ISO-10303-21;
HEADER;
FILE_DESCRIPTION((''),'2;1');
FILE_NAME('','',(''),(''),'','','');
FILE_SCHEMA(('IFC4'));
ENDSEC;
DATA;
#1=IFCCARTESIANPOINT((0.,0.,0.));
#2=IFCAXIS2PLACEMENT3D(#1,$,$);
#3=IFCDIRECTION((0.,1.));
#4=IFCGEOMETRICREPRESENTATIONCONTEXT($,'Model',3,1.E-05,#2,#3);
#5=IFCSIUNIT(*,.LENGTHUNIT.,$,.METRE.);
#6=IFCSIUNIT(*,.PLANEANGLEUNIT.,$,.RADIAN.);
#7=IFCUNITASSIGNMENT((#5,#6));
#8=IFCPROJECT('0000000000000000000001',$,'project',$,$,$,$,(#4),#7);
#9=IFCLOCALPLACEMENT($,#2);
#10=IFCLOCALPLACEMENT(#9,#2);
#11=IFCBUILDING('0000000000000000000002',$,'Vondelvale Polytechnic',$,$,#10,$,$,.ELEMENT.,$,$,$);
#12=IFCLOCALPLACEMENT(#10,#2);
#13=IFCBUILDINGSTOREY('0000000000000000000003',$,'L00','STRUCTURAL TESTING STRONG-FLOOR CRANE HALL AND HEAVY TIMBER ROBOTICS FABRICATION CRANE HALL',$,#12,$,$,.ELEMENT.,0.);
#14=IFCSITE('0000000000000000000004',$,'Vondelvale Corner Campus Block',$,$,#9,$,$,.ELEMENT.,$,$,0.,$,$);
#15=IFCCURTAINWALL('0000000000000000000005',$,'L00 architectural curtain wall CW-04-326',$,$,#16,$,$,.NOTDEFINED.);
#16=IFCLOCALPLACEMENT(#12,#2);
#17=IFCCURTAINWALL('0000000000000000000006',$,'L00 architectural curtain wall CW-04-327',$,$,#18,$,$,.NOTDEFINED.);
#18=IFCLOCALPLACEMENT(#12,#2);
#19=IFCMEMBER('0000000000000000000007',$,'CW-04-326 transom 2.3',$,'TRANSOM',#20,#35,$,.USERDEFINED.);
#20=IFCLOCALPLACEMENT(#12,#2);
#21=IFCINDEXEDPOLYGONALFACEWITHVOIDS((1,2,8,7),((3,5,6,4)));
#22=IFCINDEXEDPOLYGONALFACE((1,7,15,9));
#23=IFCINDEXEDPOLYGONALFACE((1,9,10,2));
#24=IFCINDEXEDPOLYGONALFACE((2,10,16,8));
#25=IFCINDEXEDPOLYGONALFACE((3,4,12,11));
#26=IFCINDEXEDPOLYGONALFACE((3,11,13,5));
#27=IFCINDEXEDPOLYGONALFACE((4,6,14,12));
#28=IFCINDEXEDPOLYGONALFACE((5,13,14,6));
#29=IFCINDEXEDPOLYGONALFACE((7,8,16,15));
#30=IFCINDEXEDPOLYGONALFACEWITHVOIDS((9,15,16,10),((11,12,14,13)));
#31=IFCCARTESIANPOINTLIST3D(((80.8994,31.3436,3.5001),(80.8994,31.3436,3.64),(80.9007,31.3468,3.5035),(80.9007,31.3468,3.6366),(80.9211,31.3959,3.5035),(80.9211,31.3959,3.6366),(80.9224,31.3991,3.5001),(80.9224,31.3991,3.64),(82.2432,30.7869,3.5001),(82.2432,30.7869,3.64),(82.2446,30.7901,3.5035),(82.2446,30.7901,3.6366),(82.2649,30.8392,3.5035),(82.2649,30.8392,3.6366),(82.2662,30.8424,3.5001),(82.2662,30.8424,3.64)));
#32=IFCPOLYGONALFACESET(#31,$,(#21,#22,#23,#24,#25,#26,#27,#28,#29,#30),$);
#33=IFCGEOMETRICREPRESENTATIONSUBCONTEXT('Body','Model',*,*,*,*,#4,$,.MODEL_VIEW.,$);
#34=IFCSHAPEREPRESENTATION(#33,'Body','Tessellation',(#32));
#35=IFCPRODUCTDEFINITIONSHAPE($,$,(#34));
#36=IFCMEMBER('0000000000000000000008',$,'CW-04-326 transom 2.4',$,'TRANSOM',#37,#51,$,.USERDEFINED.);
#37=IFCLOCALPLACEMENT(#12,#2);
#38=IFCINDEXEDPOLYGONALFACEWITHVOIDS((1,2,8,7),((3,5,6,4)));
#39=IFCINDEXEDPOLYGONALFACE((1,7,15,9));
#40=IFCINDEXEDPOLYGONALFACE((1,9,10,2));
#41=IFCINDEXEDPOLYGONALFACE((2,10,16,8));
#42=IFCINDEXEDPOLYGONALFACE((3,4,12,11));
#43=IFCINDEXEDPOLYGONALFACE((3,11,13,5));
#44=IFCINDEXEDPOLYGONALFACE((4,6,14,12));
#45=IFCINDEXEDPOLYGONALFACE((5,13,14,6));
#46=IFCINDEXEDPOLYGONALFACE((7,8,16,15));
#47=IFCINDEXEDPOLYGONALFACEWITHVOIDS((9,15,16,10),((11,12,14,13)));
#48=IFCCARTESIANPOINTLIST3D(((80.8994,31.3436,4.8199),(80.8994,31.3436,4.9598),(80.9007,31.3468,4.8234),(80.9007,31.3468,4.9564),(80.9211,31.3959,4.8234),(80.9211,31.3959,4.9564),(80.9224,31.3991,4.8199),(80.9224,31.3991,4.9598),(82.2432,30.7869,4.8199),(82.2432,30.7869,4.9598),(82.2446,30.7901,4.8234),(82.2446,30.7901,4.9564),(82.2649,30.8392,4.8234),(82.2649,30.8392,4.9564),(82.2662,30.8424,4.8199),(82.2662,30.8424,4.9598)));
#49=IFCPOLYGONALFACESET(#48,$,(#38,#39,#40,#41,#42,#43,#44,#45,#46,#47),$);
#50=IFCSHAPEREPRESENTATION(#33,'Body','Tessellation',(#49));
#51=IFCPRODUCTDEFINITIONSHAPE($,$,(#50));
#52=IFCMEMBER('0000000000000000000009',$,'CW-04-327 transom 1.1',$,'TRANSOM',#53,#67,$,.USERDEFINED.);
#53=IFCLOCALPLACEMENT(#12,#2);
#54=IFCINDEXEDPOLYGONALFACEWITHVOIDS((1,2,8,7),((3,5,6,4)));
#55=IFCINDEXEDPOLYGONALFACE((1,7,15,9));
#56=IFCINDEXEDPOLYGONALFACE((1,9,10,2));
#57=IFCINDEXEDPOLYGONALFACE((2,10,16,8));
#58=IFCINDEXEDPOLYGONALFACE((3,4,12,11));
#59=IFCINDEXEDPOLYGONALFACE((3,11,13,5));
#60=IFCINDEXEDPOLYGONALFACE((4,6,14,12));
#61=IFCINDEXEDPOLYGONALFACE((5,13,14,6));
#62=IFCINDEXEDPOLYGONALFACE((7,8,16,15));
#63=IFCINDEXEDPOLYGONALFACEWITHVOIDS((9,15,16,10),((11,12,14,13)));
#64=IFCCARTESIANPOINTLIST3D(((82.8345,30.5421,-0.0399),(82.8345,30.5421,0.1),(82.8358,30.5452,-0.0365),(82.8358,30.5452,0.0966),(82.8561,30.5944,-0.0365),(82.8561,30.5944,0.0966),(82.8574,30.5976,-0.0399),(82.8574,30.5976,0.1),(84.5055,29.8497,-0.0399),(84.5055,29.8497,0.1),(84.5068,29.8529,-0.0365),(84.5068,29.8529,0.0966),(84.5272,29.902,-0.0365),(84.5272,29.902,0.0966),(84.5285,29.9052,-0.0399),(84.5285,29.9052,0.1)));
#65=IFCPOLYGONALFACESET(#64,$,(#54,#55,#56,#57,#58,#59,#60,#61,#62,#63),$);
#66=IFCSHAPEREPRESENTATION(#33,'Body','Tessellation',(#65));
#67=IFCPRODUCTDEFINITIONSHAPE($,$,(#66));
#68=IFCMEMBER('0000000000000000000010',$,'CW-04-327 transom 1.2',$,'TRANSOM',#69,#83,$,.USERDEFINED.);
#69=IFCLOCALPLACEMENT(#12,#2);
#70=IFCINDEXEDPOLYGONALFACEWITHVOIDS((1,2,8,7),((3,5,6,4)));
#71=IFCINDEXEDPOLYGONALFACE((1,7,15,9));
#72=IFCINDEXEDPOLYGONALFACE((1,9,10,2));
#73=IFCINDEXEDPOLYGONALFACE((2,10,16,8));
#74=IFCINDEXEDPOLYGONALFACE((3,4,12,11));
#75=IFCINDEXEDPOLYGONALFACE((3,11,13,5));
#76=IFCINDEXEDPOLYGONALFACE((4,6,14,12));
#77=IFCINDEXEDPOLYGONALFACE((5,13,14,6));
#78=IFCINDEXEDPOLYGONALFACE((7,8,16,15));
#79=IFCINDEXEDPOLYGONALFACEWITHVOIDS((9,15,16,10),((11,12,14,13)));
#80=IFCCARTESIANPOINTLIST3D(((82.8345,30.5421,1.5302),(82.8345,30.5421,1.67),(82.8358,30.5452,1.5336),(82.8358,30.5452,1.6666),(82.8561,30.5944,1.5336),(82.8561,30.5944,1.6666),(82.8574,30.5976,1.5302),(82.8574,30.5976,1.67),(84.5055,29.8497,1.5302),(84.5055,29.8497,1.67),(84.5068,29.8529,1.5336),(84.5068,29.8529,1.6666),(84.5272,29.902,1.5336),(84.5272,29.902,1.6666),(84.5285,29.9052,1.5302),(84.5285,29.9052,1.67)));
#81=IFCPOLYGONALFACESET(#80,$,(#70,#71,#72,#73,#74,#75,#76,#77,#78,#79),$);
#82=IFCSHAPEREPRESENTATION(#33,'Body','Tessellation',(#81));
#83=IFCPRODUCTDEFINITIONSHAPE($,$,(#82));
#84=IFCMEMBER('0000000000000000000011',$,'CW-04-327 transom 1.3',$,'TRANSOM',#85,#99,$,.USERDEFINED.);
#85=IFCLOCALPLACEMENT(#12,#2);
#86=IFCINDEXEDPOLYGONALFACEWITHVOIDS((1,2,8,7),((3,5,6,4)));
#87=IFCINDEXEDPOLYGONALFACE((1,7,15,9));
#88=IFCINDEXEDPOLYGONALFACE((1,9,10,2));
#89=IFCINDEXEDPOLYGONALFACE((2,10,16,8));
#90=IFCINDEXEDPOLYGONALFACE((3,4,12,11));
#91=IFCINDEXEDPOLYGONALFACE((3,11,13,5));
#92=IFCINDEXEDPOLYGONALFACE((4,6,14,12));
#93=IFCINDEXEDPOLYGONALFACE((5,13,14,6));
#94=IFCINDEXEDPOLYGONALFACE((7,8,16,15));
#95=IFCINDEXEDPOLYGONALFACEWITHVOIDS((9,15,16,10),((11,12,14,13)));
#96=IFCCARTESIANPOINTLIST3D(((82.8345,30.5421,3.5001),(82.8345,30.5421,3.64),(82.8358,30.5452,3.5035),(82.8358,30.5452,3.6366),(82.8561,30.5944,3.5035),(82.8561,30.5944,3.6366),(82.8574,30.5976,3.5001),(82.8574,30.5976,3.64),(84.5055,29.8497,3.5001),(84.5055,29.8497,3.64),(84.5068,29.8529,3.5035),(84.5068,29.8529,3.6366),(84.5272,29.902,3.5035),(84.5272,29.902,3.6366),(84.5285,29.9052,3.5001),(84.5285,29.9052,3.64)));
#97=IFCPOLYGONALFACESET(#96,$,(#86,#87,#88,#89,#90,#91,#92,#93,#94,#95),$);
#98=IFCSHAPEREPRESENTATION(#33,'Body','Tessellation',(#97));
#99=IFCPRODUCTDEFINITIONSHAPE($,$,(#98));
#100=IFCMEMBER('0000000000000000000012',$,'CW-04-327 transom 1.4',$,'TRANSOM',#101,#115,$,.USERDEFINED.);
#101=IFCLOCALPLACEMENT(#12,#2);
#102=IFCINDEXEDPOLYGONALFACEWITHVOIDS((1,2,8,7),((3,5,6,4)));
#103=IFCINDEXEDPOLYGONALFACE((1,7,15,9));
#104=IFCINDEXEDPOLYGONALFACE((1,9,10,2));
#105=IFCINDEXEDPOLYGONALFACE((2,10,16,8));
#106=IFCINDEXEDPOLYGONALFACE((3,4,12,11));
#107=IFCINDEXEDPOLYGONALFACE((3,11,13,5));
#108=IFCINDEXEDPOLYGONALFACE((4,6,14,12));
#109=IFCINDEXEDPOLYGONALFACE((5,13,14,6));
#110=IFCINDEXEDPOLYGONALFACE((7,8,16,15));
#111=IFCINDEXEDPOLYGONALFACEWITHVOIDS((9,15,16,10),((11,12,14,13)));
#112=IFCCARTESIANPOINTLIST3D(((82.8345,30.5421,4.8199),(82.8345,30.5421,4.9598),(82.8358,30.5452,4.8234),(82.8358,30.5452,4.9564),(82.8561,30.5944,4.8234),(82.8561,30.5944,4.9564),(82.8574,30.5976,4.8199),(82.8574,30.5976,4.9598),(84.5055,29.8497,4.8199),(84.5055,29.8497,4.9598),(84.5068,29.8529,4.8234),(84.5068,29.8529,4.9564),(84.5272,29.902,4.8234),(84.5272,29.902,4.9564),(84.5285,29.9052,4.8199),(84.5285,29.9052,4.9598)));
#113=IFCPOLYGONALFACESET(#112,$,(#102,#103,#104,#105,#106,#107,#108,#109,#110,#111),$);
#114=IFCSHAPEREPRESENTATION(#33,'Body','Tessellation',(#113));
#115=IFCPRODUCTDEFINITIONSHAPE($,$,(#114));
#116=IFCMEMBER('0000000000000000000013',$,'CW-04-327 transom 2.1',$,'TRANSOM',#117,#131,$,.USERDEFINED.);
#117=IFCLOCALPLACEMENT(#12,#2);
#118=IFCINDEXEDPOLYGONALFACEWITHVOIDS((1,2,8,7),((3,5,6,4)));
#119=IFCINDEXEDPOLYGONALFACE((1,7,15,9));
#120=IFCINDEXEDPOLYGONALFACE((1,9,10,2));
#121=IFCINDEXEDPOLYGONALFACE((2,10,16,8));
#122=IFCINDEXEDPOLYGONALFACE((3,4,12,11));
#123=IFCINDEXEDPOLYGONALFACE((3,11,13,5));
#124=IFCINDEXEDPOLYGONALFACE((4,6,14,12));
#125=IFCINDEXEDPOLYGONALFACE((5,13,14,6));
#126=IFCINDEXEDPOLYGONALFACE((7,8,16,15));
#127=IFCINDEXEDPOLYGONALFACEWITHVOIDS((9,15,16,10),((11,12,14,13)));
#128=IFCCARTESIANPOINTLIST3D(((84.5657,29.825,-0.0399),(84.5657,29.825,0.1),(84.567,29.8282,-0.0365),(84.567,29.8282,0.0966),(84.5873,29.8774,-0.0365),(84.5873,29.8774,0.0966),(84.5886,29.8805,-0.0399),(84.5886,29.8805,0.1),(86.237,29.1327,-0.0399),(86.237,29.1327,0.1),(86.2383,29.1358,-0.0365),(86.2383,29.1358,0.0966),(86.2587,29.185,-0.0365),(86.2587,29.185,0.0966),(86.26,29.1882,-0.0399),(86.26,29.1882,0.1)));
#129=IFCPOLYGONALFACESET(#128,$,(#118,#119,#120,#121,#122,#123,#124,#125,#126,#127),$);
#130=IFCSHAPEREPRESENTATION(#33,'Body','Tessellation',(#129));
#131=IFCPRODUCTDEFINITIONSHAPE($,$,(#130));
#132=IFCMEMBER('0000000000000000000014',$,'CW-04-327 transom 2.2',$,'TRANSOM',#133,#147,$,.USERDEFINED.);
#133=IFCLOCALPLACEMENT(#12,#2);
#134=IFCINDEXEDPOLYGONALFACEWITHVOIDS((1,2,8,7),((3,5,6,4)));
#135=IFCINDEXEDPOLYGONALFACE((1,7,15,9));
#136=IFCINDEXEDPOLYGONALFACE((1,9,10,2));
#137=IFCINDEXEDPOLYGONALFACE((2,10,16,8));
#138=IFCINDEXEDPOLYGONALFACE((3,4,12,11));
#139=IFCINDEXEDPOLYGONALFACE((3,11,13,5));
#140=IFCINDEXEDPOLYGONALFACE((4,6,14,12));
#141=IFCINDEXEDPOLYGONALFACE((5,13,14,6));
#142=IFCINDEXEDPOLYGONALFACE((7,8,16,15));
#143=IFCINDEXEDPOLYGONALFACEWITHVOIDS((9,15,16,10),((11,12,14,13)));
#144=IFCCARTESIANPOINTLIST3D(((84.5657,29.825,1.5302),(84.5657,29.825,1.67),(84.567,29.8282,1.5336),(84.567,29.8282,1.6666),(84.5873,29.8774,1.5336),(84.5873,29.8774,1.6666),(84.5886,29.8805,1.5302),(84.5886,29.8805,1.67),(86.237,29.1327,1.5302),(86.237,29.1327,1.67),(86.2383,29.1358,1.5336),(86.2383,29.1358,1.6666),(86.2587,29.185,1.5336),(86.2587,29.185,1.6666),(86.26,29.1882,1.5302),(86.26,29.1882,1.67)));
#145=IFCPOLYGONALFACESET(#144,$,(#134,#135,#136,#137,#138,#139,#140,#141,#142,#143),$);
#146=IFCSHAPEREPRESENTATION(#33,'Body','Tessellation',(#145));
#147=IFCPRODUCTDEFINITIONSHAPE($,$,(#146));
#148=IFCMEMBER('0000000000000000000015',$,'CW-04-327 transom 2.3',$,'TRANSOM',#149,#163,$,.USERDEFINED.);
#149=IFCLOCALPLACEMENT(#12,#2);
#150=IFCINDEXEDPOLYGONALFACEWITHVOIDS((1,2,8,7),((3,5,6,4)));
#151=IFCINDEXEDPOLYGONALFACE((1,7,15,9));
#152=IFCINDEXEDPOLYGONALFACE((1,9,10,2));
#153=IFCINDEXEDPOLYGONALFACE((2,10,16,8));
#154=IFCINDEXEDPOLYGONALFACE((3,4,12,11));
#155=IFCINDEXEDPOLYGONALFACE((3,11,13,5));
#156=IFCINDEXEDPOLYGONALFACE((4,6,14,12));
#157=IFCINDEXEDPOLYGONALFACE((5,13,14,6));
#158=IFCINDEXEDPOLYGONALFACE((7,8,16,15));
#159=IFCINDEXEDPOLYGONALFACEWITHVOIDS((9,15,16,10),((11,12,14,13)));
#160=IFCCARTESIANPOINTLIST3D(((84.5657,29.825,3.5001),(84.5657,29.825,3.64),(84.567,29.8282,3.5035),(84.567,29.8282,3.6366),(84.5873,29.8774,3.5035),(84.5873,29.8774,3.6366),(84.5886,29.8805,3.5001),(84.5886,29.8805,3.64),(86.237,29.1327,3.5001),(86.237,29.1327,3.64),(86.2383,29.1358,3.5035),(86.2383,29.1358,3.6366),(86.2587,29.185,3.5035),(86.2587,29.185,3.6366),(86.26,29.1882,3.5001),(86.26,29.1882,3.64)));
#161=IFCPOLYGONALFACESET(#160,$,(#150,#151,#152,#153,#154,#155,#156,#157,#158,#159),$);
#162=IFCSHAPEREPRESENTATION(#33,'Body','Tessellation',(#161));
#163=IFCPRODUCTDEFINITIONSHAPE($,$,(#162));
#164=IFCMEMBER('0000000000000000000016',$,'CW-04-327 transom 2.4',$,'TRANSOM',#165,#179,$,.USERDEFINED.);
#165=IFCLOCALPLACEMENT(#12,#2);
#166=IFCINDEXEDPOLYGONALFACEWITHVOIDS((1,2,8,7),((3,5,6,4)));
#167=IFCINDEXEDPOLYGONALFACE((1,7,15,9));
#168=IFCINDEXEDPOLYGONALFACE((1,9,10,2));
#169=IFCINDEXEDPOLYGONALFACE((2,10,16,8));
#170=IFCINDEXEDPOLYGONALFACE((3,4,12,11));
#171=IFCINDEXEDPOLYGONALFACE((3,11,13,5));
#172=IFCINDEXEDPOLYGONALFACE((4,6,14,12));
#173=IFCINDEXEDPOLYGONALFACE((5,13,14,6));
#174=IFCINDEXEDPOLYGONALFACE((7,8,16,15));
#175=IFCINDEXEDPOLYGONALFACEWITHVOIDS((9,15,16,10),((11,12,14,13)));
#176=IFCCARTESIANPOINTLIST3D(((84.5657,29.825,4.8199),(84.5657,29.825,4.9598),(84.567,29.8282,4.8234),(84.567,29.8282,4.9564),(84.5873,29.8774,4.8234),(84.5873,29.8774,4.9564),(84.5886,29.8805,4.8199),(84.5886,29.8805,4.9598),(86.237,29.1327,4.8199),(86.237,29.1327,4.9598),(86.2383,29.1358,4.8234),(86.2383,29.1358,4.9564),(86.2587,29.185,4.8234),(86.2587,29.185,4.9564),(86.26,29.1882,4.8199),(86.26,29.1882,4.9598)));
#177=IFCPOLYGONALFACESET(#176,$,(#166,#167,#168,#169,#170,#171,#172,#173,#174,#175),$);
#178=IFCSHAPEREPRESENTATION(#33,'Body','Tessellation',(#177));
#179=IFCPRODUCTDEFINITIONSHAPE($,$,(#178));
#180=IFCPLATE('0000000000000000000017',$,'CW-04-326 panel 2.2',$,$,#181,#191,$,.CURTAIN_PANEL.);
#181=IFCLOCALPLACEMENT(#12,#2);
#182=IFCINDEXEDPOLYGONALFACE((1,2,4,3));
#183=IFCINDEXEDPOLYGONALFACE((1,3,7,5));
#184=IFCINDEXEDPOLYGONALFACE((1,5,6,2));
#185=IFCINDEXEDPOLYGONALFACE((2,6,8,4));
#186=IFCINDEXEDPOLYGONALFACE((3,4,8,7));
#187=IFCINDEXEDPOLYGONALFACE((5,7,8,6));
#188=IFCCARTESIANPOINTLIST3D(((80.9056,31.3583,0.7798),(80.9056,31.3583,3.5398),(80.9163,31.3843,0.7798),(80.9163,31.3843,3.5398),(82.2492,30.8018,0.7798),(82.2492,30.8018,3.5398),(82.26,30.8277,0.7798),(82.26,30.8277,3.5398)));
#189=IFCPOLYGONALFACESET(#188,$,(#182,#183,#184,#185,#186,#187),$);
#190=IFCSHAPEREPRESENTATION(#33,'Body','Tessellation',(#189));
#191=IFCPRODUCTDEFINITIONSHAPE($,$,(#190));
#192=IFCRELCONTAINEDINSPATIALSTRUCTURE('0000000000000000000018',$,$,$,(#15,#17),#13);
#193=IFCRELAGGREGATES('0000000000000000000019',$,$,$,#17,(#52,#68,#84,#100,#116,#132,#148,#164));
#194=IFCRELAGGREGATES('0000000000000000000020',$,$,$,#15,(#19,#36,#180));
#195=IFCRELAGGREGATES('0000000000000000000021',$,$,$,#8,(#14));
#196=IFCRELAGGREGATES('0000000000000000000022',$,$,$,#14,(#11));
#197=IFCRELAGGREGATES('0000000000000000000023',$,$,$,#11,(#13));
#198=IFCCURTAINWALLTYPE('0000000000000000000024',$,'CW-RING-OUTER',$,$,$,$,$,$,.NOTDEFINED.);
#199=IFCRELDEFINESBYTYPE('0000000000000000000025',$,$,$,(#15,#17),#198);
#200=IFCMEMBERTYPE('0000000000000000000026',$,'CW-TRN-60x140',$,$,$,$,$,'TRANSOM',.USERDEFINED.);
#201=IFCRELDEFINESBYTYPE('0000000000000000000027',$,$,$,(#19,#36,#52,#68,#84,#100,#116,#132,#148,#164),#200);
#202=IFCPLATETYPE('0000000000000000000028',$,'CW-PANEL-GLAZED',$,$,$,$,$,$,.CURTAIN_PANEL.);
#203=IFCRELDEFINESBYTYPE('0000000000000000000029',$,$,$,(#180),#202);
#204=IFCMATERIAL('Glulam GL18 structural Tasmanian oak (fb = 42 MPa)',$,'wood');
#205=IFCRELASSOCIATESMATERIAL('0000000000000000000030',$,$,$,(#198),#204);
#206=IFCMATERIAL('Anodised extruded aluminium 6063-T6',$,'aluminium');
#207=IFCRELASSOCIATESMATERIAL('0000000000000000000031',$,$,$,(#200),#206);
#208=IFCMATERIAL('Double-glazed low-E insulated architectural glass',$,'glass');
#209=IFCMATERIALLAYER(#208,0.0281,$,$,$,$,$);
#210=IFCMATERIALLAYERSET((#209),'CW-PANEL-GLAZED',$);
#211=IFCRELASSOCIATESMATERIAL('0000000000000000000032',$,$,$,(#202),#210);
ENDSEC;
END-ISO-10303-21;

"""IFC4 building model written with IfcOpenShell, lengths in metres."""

from ifc_helpers import new_model, si_unit, direction, frame, origin, origin_2d, place, context, subcontext, project, spatial, rectangle, hollow_rectangle, extrude, material, layer, layer_set, material_profile, profile_set, type_object, element, aggregate, save


model = new_model("IFC4")

# Units and contexts
model_context = context("Model", 3, precision=1e-05, world=origin(), true_north=direction((0.0, 1.0)))
body_context = subcontext(model_context, "Body", "Model", "MODEL_VIEW")
ifc_project = project(units=[si_unit("LENGTHUNIT", "METRE"), si_unit("PLANEANGLEUNIT", "RADIAN")], contexts=[model_context])

# Site, building, storey
site_placement = place(None, origin())
site = spatial("IfcSite", under=ifc_project, at=site_placement, Name="Vondelvale Corner Campus Block", CompositionType="ELEMENT", RefElevation=0.0)
building_placement = place(site_placement, origin())
building = spatial("IfcBuilding", under=site, at=building_placement, Name="Vondelvale Polytechnic", CompositionType="ELEMENT")
storey_placement = place(building_placement, origin())
storey = spatial("IfcBuildingStorey", under=building, at=storey_placement, Name="L00", Description="STRUCTURAL TESTING STRONG-FLOOR CRANE HALL AND HEAVY TIMBER ROBOTICS FABRICATION CRANE HALL", CompositionType="ELEMENT", Elevation=0.0)

# Shared definitions
ifc_material_1 = material(Name="Glulam GL18 structural Tasmanian oak (fb = 42 MPa)", Category="wood")

# Curtain walls
curtain_wall_type = type_object("IfcCurtainWallType", Name="CW-RING-OUTER", PredefinedType="NOTDEFINED", material=ifc_material_1)
curtain_wall_1_placement = place(storey_placement, origin())
curtain_wall_1 = element("IfcCurtainWall", 1, at=curtain_wall_1_placement, inside=storey, type_object=curtain_wall_type, Name="L00 architectural curtain wall CW-04-326", PredefinedType="NOTDEFINED")
ifc_material_2 = material(Name="Anodised extruded aluminium 6063-T6", Category="aluminium")
curtain_wall_2_placement = place(storey_placement, origin())
curtain_wall_2 = element("IfcCurtainWall", 2, at=curtain_wall_2_placement, inside=storey, type_object=curtain_wall_type, Name="L00 architectural curtain wall CW-04-327", PredefinedType="NOTDEFINED")

# Members
ifc_material_profile_1 = material_profile(ifc_material_2, hollow_rectangle(XDim=0.0601, YDim=0.1399, WallThickness=0.0034, at=origin_2d()), Name="CW-TRN-140x60")
ifc_profile_set_1 = profile_set([ifc_material_profile_1], Name="Anodised extruded aluminium 6063-T6")
member_type_1 = type_object("IfcMemberType", Name="CW-TRN-60x140", ElementType="TRANSOM", PredefinedType="USERDEFINED", material=ifc_profile_set_1)
member_1_placement = place(storey_placement, frame((80.9109, 31.3713, 3.5701), z_axis=(0.92387, -0.382708, 0.0), x_axis=(0.382708, 0.92387, 0.0)))
member_1 = element("IfcMember", 3, at=member_1_placement, type_object=member_type_1, Name="CW-04-326 transom 2.3", ObjectType="TRANSOM", PredefinedType="USERDEFINED", context=body_context, shape_type="SweptSolid", body=[
    extrude(hollow_rectangle(XDim=0.0601, YDim=0.1399, WallThickness=0.0034, at=origin_2d()), origin(), (0.0, 0.0, 1.0), 1.4546),
])
member_2_placement = place(storey_placement, frame((80.9109, 31.3713, 4.8899), z_axis=(0.92387, -0.382708, 0.0), x_axis=(0.382708, 0.92387, 0.0)))
member_2 = element("IfcMember", 4, at=member_2_placement, type_object=member_type_1, Name="CW-04-326 transom 2.4", ObjectType="TRANSOM", PredefinedType="USERDEFINED", context=body_context, shape_type="SweptSolid", body=[
    extrude(hollow_rectangle(XDim=0.0601, YDim=0.1399, WallThickness=0.0034, at=origin_2d()), origin(), (0.0, 0.0, 1.0), 1.4546),
])
member_3_placement = place(storey_placement, frame((82.8459, 30.5698, 0.03), z_axis=(0.923846, -0.382765, 0.0), x_axis=(0.382765, 0.923846, 0.0)))
member_3 = element("IfcMember", 5, at=member_3_placement, type_object=member_type_1, Name="CW-04-327 transom 1.1", ObjectType="TRANSOM", PredefinedType="USERDEFINED", context=body_context, shape_type="SweptSolid", body=[
    extrude(hollow_rectangle(XDim=0.0601, YDim=0.1399, WallThickness=0.0034, at=origin_2d()), origin(), (0.0, 0.0, 1.0), 1.8088),
])
member_4_placement = place(storey_placement, frame((82.8459, 30.5698, 1.6001), z_axis=(0.923846, -0.382765, 0.0), x_axis=(0.382765, 0.923846, 0.0)))
member_4 = element("IfcMember", 6, at=member_4_placement, type_object=member_type_1, Name="CW-04-327 transom 1.2", ObjectType="TRANSOM", PredefinedType="USERDEFINED", context=body_context, shape_type="SweptSolid", body=[
    extrude(hollow_rectangle(XDim=0.0601, YDim=0.1399, WallThickness=0.0034, at=origin_2d()), origin(), (0.0, 0.0, 1.0), 1.8088),
])
member_5_placement = place(storey_placement, frame((82.8459, 30.5698, 3.5701), z_axis=(0.923846, -0.382765, 0.0), x_axis=(0.382765, 0.923846, 0.0)))
member_5 = element("IfcMember", 7, at=member_5_placement, type_object=member_type_1, Name="CW-04-327 transom 1.3", ObjectType="TRANSOM", PredefinedType="USERDEFINED", context=body_context, shape_type="SweptSolid", body=[
    extrude(hollow_rectangle(XDim=0.0601, YDim=0.1399, WallThickness=0.0034, at=origin_2d()), origin(), (0.0, 0.0, 1.0), 1.8088),
])
member_6_placement = place(storey_placement, frame((82.8459, 30.5698, 4.8899), z_axis=(0.923846, -0.382765, 0.0), x_axis=(0.382765, 0.923846, 0.0)))
member_6 = element("IfcMember", 8, at=member_6_placement, type_object=member_type_1, Name="CW-04-327 transom 1.4", ObjectType="TRANSOM", PredefinedType="USERDEFINED", context=body_context, shape_type="SweptSolid", body=[
    extrude(hollow_rectangle(XDim=0.0601, YDim=0.1399, WallThickness=0.0034, at=origin_2d()), origin(), (0.0, 0.0, 1.0), 1.8088),
])
member_7_placement = place(storey_placement, frame((84.5771, 29.8528, 0.03), z_axis=(0.923866, -0.382717, 0.0), x_axis=(0.382717, 0.923866, 0.0)))
member_7 = element("IfcMember", 9, at=member_7_placement, type_object=member_type_1, Name="CW-04-327 transom 2.1", ObjectType="TRANSOM", PredefinedType="USERDEFINED", context=body_context, shape_type="SweptSolid", body=[
    extrude(hollow_rectangle(XDim=0.0601, YDim=0.1399, WallThickness=0.0034, at=origin_2d()), origin(), (0.0, 0.0, 1.0), 1.8091),
])
member_8_placement = place(storey_placement, frame((84.5771, 29.8528, 1.6001), z_axis=(0.923866, -0.382717, 0.0), x_axis=(0.382717, 0.923866, 0.0)))
member_8 = element("IfcMember", 10, at=member_8_placement, type_object=member_type_1, Name="CW-04-327 transom 2.2", ObjectType="TRANSOM", PredefinedType="USERDEFINED", context=body_context, shape_type="SweptSolid", body=[
    extrude(hollow_rectangle(XDim=0.0601, YDim=0.1399, WallThickness=0.0034, at=origin_2d()), origin(), (0.0, 0.0, 1.0), 1.8091),
])
member_9_placement = place(storey_placement, frame((84.5771, 29.8528, 3.5701), z_axis=(0.923866, -0.382717, 0.0), x_axis=(0.382717, 0.923866, 0.0)))
member_9 = element("IfcMember", 11, at=member_9_placement, type_object=member_type_1, Name="CW-04-327 transom 2.3", ObjectType="TRANSOM", PredefinedType="USERDEFINED", context=body_context, shape_type="SweptSolid", body=[
    extrude(hollow_rectangle(XDim=0.0601, YDim=0.1399, WallThickness=0.0034, at=origin_2d()), origin(), (0.0, 0.0, 1.0), 1.8091),
])
member_10_placement = place(storey_placement, frame((84.5771, 29.8528, 4.8899), z_axis=(0.923866, -0.382717, 0.0), x_axis=(0.382717, 0.923866, 0.0)))
member_10 = element("IfcMember", 12, at=member_10_placement, type_object=member_type_1, Name="CW-04-327 transom 2.4", ObjectType="TRANSOM", PredefinedType="USERDEFINED", context=body_context, shape_type="SweptSolid", body=[
    extrude(hollow_rectangle(XDim=0.0601, YDim=0.1399, WallThickness=0.0034, at=origin_2d()), origin(), (0.0, 0.0, 1.0), 1.8091),
])

# Plate
ifc_material_3 = material(Name="Double-glazed low-E insulated architectural glass", Category="glass")
ifc_layer_1 = layer(ifc_material_3, 0.0281)
ifc_layer_set_1 = layer_set([ifc_layer_1], Name="CW-PANEL-GLAZED")
plate_type_1 = type_object("IfcPlateType", Name="CW-PANEL-GLAZED", PredefinedType="CURTAIN_PANEL", material=ifc_layer_set_1)
plate_1_placement = place(storey_placement, frame((81.5828, 31.093, 0.7798), z_axis=(0.0, 0.0, 1.0), x_axis=(0.923881, -0.382679, 0.0)))
plate_1 = element("IfcPlate", 13, at=plate_1_placement, type_object=plate_type_1, Name="CW-04-326 panel 2.2", PredefinedType="CURTAIN_PANEL", context=body_context, shape_type="SweptSolid", body=[
    extrude(rectangle(XDim=1.4543, YDim=0.0281, at=origin_2d()), origin(), (0.0, 0.0, 1.0), 2.76),
])
aggregate(curtain_wall_2, [member_3, member_4, member_5, member_6, member_7, member_8, member_9, member_10])
aggregate(curtain_wall_1, [member_1, member_2, plate_1])

save(model, "model.ifc")
